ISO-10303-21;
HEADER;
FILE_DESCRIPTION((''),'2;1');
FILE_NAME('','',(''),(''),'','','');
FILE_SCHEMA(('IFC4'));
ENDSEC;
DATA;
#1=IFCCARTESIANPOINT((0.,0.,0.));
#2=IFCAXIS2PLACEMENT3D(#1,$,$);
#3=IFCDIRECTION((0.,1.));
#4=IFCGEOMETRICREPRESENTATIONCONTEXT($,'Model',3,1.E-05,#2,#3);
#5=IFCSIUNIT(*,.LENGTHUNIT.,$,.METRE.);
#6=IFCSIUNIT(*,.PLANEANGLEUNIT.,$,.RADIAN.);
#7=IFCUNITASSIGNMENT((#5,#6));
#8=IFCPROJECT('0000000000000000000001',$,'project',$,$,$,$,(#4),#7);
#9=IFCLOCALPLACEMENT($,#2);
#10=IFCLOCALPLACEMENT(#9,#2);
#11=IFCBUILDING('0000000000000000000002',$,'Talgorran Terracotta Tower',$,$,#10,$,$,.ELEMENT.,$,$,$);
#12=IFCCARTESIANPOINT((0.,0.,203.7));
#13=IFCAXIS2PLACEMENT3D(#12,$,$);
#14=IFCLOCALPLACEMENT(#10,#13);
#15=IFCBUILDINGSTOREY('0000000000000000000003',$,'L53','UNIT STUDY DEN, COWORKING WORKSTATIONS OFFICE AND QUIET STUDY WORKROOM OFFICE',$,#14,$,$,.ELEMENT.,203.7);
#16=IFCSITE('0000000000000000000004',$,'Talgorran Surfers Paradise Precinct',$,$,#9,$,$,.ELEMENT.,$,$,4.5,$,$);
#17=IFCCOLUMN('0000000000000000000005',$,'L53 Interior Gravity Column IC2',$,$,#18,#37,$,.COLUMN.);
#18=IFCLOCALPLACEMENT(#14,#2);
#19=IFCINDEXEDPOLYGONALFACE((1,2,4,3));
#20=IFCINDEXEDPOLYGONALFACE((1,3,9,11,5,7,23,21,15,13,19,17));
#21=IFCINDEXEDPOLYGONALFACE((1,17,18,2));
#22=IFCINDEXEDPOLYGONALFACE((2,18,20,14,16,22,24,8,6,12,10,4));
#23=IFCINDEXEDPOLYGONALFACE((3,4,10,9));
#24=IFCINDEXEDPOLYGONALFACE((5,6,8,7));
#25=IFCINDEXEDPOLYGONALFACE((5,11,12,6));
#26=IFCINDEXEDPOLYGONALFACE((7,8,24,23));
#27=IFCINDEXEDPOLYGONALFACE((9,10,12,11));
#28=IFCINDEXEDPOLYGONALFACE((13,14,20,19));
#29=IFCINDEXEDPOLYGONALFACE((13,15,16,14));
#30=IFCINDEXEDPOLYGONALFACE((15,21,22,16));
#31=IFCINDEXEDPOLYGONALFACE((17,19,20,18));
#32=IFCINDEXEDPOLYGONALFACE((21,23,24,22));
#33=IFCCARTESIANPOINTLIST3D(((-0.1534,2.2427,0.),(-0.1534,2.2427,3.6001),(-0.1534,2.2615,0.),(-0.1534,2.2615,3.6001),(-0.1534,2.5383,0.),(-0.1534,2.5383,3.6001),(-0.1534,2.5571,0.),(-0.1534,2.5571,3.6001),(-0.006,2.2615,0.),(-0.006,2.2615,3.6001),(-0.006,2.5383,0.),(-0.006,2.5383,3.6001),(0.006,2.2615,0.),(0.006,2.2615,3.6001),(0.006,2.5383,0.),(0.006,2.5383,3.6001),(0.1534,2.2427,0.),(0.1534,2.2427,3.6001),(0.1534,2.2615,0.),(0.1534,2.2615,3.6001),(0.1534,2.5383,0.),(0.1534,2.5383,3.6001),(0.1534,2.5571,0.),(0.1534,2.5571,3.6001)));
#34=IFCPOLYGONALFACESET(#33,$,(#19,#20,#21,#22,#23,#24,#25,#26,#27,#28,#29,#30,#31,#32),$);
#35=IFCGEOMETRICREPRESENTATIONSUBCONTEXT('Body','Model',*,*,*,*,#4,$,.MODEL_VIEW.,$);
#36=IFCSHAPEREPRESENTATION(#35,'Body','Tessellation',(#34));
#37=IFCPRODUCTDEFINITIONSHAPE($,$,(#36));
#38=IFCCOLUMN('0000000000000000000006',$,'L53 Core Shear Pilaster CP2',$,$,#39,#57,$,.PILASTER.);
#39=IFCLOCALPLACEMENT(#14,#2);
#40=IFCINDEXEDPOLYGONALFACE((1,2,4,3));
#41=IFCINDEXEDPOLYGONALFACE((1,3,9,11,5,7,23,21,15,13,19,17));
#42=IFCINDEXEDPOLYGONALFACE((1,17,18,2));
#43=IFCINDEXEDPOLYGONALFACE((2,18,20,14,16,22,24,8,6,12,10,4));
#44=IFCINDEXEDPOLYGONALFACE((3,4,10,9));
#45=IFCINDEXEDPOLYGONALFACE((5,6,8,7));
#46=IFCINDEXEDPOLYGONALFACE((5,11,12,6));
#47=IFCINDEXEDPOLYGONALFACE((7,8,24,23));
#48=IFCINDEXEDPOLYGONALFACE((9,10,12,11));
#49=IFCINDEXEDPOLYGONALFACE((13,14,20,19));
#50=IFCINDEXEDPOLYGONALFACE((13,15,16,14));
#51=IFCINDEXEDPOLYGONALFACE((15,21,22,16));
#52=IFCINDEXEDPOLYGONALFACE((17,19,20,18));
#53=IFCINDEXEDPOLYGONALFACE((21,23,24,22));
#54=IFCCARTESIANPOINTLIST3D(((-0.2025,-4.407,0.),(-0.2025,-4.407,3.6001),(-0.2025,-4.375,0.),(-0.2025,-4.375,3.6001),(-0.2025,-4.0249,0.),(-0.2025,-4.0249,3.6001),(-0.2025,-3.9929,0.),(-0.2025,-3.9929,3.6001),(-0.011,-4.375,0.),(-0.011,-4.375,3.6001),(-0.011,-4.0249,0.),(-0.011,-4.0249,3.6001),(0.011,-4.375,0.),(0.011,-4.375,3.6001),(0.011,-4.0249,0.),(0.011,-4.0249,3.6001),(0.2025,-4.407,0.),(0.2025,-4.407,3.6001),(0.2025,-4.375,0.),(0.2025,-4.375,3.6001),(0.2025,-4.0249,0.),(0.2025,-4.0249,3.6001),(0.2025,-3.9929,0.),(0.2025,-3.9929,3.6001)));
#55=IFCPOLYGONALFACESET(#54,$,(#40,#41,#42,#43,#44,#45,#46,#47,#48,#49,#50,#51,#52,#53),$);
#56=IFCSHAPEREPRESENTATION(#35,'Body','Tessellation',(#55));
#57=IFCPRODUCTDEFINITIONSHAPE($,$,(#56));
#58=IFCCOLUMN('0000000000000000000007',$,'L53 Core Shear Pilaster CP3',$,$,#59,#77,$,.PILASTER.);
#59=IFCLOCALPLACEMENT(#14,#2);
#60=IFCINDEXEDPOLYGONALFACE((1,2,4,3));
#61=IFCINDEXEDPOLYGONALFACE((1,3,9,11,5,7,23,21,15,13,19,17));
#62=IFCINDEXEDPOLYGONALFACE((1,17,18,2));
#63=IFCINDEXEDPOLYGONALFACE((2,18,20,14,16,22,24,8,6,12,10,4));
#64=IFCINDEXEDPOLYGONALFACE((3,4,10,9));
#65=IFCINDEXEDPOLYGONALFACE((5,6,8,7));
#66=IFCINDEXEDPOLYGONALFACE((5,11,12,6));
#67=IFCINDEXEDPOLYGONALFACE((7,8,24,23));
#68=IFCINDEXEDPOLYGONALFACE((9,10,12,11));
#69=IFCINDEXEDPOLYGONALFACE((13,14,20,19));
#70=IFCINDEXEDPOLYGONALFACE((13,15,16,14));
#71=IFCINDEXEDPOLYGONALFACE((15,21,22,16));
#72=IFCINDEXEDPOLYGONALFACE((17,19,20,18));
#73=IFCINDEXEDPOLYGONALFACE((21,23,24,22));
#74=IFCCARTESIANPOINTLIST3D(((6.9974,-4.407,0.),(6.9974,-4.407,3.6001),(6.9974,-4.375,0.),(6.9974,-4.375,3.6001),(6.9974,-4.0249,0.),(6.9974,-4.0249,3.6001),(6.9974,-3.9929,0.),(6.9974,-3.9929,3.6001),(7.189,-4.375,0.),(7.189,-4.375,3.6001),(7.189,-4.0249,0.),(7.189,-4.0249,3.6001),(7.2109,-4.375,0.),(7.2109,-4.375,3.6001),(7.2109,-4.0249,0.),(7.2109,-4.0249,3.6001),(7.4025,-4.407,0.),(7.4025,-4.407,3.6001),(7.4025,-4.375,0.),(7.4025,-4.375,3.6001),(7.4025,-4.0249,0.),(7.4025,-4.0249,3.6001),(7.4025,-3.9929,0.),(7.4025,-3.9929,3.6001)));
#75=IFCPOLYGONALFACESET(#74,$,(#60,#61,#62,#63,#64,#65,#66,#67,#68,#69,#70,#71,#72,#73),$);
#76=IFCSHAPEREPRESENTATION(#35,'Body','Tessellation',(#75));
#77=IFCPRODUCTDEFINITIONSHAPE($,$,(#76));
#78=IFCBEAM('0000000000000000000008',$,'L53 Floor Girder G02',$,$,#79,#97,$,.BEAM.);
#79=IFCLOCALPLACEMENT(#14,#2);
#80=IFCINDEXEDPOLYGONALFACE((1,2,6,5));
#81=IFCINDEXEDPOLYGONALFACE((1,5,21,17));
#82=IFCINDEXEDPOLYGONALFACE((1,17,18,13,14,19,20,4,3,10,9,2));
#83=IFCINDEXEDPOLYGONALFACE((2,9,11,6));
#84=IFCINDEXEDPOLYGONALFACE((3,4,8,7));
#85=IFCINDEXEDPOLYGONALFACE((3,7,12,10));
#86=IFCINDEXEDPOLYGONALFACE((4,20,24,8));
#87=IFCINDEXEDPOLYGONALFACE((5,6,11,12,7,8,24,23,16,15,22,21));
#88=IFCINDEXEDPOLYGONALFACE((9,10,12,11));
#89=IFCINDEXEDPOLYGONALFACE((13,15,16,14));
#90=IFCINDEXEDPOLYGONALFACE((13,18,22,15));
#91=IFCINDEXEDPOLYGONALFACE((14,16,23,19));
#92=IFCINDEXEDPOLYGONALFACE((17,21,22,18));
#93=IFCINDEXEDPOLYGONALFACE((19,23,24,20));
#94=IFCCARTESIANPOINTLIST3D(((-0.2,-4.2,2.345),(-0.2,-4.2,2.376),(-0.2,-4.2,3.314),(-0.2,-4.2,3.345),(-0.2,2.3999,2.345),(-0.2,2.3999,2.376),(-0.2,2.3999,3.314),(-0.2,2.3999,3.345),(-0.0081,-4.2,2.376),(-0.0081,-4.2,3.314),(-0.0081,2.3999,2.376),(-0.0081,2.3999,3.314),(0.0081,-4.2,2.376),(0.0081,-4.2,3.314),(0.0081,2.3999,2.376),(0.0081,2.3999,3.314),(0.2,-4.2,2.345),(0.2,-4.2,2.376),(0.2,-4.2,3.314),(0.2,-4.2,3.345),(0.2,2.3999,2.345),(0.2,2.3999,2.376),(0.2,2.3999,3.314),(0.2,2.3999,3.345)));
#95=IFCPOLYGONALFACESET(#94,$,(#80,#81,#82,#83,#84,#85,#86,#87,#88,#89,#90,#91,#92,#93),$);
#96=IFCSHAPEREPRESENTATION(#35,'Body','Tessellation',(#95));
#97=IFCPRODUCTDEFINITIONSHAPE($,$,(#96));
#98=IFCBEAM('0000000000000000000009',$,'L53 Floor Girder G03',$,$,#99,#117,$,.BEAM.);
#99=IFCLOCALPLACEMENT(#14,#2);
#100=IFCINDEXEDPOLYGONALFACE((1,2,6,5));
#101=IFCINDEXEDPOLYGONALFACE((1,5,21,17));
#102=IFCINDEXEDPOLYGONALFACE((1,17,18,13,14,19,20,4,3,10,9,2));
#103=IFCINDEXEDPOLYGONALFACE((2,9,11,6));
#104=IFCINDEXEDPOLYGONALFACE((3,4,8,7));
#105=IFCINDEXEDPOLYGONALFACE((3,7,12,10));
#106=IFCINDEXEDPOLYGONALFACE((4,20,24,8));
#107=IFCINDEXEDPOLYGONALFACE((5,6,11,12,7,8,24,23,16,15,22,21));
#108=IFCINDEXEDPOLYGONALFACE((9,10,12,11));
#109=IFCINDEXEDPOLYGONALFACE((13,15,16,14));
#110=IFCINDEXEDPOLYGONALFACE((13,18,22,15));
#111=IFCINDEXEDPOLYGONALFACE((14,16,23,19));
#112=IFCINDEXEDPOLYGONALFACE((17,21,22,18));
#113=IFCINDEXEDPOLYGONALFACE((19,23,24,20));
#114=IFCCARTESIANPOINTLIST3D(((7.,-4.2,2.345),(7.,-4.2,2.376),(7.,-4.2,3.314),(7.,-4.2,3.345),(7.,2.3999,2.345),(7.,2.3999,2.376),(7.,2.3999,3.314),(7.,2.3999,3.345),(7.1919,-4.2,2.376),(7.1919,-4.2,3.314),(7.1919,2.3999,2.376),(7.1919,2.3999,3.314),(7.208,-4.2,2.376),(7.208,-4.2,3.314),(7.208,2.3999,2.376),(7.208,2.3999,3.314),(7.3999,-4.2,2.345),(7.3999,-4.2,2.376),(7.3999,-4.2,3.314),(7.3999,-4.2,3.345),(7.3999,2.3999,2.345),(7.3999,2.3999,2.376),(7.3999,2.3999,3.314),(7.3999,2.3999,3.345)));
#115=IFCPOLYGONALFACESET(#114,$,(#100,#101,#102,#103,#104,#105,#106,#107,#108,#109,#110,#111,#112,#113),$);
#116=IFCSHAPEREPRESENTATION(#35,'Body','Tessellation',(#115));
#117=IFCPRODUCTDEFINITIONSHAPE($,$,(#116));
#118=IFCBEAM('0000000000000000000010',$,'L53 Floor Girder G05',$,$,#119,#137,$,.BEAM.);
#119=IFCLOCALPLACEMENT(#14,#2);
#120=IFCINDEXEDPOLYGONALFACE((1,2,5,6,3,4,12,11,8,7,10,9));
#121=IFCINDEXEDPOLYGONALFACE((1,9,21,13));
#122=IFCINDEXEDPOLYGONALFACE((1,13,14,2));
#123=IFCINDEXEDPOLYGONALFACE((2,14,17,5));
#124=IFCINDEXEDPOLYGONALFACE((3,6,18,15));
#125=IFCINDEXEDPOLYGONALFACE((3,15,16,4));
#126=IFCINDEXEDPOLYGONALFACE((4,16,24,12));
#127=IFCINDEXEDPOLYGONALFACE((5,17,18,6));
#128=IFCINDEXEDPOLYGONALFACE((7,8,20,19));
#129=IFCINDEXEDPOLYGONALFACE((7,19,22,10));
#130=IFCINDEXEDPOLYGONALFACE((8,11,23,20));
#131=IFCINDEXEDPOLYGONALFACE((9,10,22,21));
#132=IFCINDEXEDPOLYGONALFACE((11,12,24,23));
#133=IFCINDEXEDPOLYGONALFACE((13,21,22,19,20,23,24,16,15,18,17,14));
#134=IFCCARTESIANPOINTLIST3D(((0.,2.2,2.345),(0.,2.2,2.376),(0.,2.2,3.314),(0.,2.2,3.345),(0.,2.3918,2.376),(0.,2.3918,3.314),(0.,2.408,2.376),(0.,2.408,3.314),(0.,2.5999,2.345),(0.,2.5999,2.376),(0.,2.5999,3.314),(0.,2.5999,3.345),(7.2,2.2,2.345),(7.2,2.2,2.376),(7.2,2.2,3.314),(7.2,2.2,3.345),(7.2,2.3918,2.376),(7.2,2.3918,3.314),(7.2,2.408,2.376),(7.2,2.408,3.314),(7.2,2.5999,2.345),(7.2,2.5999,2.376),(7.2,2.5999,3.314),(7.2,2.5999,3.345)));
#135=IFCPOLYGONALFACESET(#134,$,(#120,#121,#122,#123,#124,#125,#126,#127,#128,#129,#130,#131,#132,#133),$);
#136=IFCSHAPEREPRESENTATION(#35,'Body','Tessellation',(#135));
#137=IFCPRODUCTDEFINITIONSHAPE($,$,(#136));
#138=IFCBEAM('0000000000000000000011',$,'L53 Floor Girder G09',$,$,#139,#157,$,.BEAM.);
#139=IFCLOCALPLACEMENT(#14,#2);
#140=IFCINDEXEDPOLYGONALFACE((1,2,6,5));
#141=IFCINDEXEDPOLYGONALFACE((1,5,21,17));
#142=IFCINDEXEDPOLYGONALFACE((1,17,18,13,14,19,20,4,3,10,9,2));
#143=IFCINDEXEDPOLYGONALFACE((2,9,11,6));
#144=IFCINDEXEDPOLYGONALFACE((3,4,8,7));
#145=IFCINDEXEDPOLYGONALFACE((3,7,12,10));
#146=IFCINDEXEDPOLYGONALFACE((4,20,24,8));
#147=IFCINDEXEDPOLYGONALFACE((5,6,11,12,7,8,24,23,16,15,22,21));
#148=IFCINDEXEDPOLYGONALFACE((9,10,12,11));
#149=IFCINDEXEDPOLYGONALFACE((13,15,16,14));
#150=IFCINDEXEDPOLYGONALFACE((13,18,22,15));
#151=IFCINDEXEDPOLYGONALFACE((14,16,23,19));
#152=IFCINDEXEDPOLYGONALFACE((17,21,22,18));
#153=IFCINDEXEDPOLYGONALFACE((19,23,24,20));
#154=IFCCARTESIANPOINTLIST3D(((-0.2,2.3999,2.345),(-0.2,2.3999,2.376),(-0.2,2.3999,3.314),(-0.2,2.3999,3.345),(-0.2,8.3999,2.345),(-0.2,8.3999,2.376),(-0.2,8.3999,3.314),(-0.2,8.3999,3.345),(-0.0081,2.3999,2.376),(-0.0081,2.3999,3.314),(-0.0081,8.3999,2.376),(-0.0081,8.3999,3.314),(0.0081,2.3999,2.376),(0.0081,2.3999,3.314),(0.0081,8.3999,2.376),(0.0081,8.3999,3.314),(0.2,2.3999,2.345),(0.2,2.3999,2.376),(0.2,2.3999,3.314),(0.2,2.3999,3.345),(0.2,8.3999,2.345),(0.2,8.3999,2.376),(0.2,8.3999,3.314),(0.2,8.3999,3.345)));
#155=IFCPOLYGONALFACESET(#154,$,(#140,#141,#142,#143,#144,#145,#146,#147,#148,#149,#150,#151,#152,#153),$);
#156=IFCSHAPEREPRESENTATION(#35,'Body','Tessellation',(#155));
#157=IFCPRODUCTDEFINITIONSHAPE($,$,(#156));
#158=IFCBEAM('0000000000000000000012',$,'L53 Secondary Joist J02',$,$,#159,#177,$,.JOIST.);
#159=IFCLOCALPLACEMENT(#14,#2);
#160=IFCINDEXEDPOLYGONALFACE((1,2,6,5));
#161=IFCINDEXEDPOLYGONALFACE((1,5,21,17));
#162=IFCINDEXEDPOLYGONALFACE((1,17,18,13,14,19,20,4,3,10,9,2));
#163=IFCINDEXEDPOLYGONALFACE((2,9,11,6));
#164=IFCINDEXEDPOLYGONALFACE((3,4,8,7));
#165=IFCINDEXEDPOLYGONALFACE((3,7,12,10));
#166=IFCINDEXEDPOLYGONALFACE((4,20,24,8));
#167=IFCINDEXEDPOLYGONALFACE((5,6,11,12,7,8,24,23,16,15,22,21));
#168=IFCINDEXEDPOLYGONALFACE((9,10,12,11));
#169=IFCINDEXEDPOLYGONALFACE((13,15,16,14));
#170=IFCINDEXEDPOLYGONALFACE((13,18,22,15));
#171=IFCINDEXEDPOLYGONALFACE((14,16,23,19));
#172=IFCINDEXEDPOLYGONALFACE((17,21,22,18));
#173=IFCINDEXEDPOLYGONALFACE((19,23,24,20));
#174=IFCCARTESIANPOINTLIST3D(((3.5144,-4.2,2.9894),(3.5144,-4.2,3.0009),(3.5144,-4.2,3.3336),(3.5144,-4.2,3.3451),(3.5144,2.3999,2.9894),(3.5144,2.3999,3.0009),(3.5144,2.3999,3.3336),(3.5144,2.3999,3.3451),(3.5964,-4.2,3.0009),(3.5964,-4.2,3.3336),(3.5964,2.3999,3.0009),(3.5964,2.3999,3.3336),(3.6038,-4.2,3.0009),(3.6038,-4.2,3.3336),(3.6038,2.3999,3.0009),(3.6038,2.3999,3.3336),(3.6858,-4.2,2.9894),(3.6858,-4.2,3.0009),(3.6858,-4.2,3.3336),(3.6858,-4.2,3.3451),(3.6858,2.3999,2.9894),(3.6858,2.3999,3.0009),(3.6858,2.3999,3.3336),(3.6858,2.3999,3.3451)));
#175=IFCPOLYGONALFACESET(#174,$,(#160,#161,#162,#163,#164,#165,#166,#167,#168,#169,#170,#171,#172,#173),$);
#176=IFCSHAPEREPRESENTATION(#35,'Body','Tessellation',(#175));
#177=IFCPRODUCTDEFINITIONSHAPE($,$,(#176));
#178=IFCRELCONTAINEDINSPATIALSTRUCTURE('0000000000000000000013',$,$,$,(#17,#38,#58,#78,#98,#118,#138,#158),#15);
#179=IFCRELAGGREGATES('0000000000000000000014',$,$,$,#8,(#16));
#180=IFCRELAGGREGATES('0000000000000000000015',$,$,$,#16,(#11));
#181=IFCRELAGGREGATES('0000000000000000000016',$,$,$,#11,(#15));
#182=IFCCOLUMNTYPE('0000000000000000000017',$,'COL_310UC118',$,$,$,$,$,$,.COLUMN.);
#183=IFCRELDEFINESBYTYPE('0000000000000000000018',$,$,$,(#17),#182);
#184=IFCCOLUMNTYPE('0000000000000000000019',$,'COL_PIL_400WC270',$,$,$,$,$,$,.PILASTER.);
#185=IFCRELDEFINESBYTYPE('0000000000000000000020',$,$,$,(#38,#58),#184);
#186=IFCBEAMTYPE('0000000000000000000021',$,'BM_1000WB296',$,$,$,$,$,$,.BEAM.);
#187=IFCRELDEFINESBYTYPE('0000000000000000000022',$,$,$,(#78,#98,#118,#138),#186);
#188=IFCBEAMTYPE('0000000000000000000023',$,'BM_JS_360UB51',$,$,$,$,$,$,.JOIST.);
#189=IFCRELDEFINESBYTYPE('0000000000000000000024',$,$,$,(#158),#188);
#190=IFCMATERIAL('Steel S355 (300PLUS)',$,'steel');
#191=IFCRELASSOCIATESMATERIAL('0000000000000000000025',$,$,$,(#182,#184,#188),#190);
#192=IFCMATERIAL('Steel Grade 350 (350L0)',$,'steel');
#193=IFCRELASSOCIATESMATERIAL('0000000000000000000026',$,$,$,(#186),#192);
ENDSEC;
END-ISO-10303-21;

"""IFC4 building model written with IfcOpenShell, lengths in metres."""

from ifc_helpers import new_model, si_unit, direction, frame, origin, origin_2d, place, context, subcontext, project, spatial, i_section, extrude, material, material_profile, profile_set, type_object, element, save


model = new_model("IFC4")

# Units and contexts
model_context = context("Model", 3, precision=1e-05, world=origin(), true_north=direction((0.0, 1.0)))
body_context = subcontext(model_context, "Body", "Model", "MODEL_VIEW")
ifc_project = project(units=[si_unit("LENGTHUNIT", "METRE"), si_unit("PLANEANGLEUNIT", "RADIAN")], contexts=[model_context])

# Site, building, storey
site_placement = place(None, origin())
site = spatial("IfcSite", under=ifc_project, at=site_placement, Name="Talgorran Surfers Paradise Precinct", CompositionType="ELEMENT", RefElevation=4.5)
building_placement = place(site_placement, origin())
building = spatial("IfcBuilding", under=site, at=building_placement, Name="Talgorran Terracotta Tower", CompositionType="ELEMENT")
storey_placement = place(building_placement, frame((0.0, 0.0, 203.7)))
storey = spatial("IfcBuildingStorey", under=building, at=storey_placement, Name="L53", Description="UNIT STUDY DEN, COWORKING WORKSTATIONS OFFICE AND QUIET STUDY WORKROOM OFFICE", CompositionType="ELEMENT", Elevation=203.7)

# Columns
ifc_material_1 = material(Name="Steel S355 (300PLUS)", Category="steel")
ifc_material_profile_1 = material_profile(ifc_material_1, i_section(OverallWidth=0.3069, OverallDepth=0.3145, WebThickness=0.012, FlangeThickness=0.0188, at=origin_2d()), Name="310UC118")
ifc_profile_set_1 = profile_set([ifc_material_profile_1], Name="Steel S355 (300PLUS)")
column_type_1 = type_object("IfcColumnType", Name="COL_310UC118", PredefinedType="COLUMN", material=ifc_profile_set_1)
column_placement = place(storey_placement, frame((0.0, 2.3999, 0.0), z_axis=(0.0, 0.0, 1.0), x_axis=(1.0, 0.0, 0.0)))
element("IfcColumn", 1, at=column_placement, inside=storey, type_object=column_type_1, Name="L53 Interior Gravity Column IC2", PredefinedType="COLUMN", context=body_context, shape_type="SweptSolid", body=[
    extrude(i_section(OverallWidth=0.3069, OverallDepth=0.3145, WebThickness=0.012, FlangeThickness=0.0188, at=origin_2d()), origin(), (0.0, 0.0, 1.0), 3.6001),
])
ifc_material_profile_2 = material_profile(ifc_material_1, i_section(OverallWidth=0.405, OverallDepth=0.4141, WebThickness=0.022, FlangeThickness=0.032, at=origin_2d()), Name="400WC270")
ifc_profile_set_2 = profile_set([ifc_material_profile_2], Name="Steel S355 (300PLUS)")
column_type_2 = type_object("IfcColumnType", Name="COL_PIL_400WC270", PredefinedType="PILASTER", material=ifc_profile_set_2)
for number, where, z_axis, x_axis, name in (
    (2, (0.0, -4.2, 0.0), (0.0, 0.0, 1.0), (1.0, 0.0, 0.0), "L53 Core Shear Pilaster CP2"),
    (3, (7.2, -4.2, 0.0), (0.0, 0.0, 1.0), (1.0, 0.0, 0.0), "L53 Core Shear Pilaster CP3"),
):
    element("IfcColumn", number, at=place(storey_placement, frame(where, z_axis=z_axis, x_axis=x_axis)), inside=storey, type_object=column_type_2, Name=name, PredefinedType="PILASTER", context=body_context, shape_type="SweptSolid", body=[
        extrude(i_section(OverallWidth=0.405, OverallDepth=0.4141, WebThickness=0.022, FlangeThickness=0.032, at=origin_2d()), origin(), (0.0, 0.0, 1.0), 3.6001),
    ])

# Beams
ifc_material_2 = material(Name="Steel Grade 350 (350L0)", Category="steel")
ifc_material_profile_3 = material_profile(ifc_material_2, i_section(OverallWidth=0.3999, OverallDepth=1.0, WebThickness=0.0161, FlangeThickness=0.031, at=origin_2d()), Name="1000WB296")
ifc_profile_set_3 = profile_set([ifc_material_profile_3], Name="Steel Grade 350 (350L0)")
beam_type_1 = type_object("IfcBeamType", Name="BM_1000WB296", PredefinedType="BEAM", material=ifc_profile_set_3)
for number, where, z_axis, x_axis, name in (
    (4, (0.0, -4.2, 2.845), (0.0, 1.0, 0.0), (-1.0, 0.0, 0.0), "L53 Floor Girder G02"),
    (5, (7.2, -4.2, 2.845), (0.0, 1.0, 0.0), (-1.0, 0.0, 0.0), "L53 Floor Girder G03"),
):
    element("IfcBeam", number, at=place(storey_placement, frame(where, z_axis=z_axis, x_axis=x_axis)), inside=storey, type_object=beam_type_1, Name=name, PredefinedType="BEAM", context=body_context, shape_type="SweptSolid", body=[
        extrude(i_section(OverallWidth=0.3999, OverallDepth=1.0, WebThickness=0.0161, FlangeThickness=0.031, at=origin_2d()), origin(), (0.0, 0.0, 1.0), 6.5999),
    ])
beam_1_placement = place(storey_placement, frame((0.0, 2.3999, 2.845), z_axis=(1.0, 0.0, 0.0), x_axis=(0.0, 1.0, 0.0)))
element("IfcBeam", 6, at=beam_1_placement, inside=storey, type_object=beam_type_1, Name="L53 Floor Girder G05", PredefinedType="BEAM", context=body_context, shape_type="SweptSolid", body=[
    extrude(i_section(OverallWidth=0.3999, OverallDepth=1.0, WebThickness=0.0161, FlangeThickness=0.031, at=origin_2d()), origin(), (0.0, 0.0, 1.0), 7.2),
])
beam_2_placement = place(storey_placement, frame((0.0, 2.3999, 2.845), z_axis=(0.0, 1.0, 0.0), x_axis=(-1.0, 0.0, 0.0)))
element("IfcBeam", 7, at=beam_2_placement, inside=storey, type_object=beam_type_1, Name="L53 Floor Girder G09", PredefinedType="BEAM", context=body_context, shape_type="SweptSolid", body=[
    extrude(i_section(OverallWidth=0.3999, OverallDepth=1.0, WebThickness=0.0161, FlangeThickness=0.031, at=origin_2d()), origin(), (0.0, 0.0, 1.0), 6.0),
])
ifc_material_profile_4 = material_profile(ifc_material_1, i_section(OverallWidth=0.1714, OverallDepth=0.3557, WebThickness=0.0073, FlangeThickness=0.0115, at=origin_2d()), Name="360UB50.7")
ifc_profile_set_4 = profile_set([ifc_material_profile_4], Name="Steel S355 (300PLUS)")
beam_type_2 = type_object("IfcBeamType", Name="BM_JS_360UB51", PredefinedType="JOIST", material=ifc_profile_set_4)
beam_3_placement = place(storey_placement, frame((3.6001, -4.2, 3.1672), z_axis=(0.0, 1.0, 0.0), x_axis=(-1.0, 0.0, 0.0)))
element("IfcBeam", 8, at=beam_3_placement, inside=storey, type_object=beam_type_2, Name="L53 Secondary Joist J02", PredefinedType="JOIST", context=body_context, shape_type="SweptSolid", body=[
    extrude(i_section(OverallWidth=0.1714, OverallDepth=0.3557, WebThickness=0.0073, FlangeThickness=0.0115, at=origin_2d()), origin(), (0.0, 0.0, 1.0), 6.5999),
])

save(model, "model.ifc")
